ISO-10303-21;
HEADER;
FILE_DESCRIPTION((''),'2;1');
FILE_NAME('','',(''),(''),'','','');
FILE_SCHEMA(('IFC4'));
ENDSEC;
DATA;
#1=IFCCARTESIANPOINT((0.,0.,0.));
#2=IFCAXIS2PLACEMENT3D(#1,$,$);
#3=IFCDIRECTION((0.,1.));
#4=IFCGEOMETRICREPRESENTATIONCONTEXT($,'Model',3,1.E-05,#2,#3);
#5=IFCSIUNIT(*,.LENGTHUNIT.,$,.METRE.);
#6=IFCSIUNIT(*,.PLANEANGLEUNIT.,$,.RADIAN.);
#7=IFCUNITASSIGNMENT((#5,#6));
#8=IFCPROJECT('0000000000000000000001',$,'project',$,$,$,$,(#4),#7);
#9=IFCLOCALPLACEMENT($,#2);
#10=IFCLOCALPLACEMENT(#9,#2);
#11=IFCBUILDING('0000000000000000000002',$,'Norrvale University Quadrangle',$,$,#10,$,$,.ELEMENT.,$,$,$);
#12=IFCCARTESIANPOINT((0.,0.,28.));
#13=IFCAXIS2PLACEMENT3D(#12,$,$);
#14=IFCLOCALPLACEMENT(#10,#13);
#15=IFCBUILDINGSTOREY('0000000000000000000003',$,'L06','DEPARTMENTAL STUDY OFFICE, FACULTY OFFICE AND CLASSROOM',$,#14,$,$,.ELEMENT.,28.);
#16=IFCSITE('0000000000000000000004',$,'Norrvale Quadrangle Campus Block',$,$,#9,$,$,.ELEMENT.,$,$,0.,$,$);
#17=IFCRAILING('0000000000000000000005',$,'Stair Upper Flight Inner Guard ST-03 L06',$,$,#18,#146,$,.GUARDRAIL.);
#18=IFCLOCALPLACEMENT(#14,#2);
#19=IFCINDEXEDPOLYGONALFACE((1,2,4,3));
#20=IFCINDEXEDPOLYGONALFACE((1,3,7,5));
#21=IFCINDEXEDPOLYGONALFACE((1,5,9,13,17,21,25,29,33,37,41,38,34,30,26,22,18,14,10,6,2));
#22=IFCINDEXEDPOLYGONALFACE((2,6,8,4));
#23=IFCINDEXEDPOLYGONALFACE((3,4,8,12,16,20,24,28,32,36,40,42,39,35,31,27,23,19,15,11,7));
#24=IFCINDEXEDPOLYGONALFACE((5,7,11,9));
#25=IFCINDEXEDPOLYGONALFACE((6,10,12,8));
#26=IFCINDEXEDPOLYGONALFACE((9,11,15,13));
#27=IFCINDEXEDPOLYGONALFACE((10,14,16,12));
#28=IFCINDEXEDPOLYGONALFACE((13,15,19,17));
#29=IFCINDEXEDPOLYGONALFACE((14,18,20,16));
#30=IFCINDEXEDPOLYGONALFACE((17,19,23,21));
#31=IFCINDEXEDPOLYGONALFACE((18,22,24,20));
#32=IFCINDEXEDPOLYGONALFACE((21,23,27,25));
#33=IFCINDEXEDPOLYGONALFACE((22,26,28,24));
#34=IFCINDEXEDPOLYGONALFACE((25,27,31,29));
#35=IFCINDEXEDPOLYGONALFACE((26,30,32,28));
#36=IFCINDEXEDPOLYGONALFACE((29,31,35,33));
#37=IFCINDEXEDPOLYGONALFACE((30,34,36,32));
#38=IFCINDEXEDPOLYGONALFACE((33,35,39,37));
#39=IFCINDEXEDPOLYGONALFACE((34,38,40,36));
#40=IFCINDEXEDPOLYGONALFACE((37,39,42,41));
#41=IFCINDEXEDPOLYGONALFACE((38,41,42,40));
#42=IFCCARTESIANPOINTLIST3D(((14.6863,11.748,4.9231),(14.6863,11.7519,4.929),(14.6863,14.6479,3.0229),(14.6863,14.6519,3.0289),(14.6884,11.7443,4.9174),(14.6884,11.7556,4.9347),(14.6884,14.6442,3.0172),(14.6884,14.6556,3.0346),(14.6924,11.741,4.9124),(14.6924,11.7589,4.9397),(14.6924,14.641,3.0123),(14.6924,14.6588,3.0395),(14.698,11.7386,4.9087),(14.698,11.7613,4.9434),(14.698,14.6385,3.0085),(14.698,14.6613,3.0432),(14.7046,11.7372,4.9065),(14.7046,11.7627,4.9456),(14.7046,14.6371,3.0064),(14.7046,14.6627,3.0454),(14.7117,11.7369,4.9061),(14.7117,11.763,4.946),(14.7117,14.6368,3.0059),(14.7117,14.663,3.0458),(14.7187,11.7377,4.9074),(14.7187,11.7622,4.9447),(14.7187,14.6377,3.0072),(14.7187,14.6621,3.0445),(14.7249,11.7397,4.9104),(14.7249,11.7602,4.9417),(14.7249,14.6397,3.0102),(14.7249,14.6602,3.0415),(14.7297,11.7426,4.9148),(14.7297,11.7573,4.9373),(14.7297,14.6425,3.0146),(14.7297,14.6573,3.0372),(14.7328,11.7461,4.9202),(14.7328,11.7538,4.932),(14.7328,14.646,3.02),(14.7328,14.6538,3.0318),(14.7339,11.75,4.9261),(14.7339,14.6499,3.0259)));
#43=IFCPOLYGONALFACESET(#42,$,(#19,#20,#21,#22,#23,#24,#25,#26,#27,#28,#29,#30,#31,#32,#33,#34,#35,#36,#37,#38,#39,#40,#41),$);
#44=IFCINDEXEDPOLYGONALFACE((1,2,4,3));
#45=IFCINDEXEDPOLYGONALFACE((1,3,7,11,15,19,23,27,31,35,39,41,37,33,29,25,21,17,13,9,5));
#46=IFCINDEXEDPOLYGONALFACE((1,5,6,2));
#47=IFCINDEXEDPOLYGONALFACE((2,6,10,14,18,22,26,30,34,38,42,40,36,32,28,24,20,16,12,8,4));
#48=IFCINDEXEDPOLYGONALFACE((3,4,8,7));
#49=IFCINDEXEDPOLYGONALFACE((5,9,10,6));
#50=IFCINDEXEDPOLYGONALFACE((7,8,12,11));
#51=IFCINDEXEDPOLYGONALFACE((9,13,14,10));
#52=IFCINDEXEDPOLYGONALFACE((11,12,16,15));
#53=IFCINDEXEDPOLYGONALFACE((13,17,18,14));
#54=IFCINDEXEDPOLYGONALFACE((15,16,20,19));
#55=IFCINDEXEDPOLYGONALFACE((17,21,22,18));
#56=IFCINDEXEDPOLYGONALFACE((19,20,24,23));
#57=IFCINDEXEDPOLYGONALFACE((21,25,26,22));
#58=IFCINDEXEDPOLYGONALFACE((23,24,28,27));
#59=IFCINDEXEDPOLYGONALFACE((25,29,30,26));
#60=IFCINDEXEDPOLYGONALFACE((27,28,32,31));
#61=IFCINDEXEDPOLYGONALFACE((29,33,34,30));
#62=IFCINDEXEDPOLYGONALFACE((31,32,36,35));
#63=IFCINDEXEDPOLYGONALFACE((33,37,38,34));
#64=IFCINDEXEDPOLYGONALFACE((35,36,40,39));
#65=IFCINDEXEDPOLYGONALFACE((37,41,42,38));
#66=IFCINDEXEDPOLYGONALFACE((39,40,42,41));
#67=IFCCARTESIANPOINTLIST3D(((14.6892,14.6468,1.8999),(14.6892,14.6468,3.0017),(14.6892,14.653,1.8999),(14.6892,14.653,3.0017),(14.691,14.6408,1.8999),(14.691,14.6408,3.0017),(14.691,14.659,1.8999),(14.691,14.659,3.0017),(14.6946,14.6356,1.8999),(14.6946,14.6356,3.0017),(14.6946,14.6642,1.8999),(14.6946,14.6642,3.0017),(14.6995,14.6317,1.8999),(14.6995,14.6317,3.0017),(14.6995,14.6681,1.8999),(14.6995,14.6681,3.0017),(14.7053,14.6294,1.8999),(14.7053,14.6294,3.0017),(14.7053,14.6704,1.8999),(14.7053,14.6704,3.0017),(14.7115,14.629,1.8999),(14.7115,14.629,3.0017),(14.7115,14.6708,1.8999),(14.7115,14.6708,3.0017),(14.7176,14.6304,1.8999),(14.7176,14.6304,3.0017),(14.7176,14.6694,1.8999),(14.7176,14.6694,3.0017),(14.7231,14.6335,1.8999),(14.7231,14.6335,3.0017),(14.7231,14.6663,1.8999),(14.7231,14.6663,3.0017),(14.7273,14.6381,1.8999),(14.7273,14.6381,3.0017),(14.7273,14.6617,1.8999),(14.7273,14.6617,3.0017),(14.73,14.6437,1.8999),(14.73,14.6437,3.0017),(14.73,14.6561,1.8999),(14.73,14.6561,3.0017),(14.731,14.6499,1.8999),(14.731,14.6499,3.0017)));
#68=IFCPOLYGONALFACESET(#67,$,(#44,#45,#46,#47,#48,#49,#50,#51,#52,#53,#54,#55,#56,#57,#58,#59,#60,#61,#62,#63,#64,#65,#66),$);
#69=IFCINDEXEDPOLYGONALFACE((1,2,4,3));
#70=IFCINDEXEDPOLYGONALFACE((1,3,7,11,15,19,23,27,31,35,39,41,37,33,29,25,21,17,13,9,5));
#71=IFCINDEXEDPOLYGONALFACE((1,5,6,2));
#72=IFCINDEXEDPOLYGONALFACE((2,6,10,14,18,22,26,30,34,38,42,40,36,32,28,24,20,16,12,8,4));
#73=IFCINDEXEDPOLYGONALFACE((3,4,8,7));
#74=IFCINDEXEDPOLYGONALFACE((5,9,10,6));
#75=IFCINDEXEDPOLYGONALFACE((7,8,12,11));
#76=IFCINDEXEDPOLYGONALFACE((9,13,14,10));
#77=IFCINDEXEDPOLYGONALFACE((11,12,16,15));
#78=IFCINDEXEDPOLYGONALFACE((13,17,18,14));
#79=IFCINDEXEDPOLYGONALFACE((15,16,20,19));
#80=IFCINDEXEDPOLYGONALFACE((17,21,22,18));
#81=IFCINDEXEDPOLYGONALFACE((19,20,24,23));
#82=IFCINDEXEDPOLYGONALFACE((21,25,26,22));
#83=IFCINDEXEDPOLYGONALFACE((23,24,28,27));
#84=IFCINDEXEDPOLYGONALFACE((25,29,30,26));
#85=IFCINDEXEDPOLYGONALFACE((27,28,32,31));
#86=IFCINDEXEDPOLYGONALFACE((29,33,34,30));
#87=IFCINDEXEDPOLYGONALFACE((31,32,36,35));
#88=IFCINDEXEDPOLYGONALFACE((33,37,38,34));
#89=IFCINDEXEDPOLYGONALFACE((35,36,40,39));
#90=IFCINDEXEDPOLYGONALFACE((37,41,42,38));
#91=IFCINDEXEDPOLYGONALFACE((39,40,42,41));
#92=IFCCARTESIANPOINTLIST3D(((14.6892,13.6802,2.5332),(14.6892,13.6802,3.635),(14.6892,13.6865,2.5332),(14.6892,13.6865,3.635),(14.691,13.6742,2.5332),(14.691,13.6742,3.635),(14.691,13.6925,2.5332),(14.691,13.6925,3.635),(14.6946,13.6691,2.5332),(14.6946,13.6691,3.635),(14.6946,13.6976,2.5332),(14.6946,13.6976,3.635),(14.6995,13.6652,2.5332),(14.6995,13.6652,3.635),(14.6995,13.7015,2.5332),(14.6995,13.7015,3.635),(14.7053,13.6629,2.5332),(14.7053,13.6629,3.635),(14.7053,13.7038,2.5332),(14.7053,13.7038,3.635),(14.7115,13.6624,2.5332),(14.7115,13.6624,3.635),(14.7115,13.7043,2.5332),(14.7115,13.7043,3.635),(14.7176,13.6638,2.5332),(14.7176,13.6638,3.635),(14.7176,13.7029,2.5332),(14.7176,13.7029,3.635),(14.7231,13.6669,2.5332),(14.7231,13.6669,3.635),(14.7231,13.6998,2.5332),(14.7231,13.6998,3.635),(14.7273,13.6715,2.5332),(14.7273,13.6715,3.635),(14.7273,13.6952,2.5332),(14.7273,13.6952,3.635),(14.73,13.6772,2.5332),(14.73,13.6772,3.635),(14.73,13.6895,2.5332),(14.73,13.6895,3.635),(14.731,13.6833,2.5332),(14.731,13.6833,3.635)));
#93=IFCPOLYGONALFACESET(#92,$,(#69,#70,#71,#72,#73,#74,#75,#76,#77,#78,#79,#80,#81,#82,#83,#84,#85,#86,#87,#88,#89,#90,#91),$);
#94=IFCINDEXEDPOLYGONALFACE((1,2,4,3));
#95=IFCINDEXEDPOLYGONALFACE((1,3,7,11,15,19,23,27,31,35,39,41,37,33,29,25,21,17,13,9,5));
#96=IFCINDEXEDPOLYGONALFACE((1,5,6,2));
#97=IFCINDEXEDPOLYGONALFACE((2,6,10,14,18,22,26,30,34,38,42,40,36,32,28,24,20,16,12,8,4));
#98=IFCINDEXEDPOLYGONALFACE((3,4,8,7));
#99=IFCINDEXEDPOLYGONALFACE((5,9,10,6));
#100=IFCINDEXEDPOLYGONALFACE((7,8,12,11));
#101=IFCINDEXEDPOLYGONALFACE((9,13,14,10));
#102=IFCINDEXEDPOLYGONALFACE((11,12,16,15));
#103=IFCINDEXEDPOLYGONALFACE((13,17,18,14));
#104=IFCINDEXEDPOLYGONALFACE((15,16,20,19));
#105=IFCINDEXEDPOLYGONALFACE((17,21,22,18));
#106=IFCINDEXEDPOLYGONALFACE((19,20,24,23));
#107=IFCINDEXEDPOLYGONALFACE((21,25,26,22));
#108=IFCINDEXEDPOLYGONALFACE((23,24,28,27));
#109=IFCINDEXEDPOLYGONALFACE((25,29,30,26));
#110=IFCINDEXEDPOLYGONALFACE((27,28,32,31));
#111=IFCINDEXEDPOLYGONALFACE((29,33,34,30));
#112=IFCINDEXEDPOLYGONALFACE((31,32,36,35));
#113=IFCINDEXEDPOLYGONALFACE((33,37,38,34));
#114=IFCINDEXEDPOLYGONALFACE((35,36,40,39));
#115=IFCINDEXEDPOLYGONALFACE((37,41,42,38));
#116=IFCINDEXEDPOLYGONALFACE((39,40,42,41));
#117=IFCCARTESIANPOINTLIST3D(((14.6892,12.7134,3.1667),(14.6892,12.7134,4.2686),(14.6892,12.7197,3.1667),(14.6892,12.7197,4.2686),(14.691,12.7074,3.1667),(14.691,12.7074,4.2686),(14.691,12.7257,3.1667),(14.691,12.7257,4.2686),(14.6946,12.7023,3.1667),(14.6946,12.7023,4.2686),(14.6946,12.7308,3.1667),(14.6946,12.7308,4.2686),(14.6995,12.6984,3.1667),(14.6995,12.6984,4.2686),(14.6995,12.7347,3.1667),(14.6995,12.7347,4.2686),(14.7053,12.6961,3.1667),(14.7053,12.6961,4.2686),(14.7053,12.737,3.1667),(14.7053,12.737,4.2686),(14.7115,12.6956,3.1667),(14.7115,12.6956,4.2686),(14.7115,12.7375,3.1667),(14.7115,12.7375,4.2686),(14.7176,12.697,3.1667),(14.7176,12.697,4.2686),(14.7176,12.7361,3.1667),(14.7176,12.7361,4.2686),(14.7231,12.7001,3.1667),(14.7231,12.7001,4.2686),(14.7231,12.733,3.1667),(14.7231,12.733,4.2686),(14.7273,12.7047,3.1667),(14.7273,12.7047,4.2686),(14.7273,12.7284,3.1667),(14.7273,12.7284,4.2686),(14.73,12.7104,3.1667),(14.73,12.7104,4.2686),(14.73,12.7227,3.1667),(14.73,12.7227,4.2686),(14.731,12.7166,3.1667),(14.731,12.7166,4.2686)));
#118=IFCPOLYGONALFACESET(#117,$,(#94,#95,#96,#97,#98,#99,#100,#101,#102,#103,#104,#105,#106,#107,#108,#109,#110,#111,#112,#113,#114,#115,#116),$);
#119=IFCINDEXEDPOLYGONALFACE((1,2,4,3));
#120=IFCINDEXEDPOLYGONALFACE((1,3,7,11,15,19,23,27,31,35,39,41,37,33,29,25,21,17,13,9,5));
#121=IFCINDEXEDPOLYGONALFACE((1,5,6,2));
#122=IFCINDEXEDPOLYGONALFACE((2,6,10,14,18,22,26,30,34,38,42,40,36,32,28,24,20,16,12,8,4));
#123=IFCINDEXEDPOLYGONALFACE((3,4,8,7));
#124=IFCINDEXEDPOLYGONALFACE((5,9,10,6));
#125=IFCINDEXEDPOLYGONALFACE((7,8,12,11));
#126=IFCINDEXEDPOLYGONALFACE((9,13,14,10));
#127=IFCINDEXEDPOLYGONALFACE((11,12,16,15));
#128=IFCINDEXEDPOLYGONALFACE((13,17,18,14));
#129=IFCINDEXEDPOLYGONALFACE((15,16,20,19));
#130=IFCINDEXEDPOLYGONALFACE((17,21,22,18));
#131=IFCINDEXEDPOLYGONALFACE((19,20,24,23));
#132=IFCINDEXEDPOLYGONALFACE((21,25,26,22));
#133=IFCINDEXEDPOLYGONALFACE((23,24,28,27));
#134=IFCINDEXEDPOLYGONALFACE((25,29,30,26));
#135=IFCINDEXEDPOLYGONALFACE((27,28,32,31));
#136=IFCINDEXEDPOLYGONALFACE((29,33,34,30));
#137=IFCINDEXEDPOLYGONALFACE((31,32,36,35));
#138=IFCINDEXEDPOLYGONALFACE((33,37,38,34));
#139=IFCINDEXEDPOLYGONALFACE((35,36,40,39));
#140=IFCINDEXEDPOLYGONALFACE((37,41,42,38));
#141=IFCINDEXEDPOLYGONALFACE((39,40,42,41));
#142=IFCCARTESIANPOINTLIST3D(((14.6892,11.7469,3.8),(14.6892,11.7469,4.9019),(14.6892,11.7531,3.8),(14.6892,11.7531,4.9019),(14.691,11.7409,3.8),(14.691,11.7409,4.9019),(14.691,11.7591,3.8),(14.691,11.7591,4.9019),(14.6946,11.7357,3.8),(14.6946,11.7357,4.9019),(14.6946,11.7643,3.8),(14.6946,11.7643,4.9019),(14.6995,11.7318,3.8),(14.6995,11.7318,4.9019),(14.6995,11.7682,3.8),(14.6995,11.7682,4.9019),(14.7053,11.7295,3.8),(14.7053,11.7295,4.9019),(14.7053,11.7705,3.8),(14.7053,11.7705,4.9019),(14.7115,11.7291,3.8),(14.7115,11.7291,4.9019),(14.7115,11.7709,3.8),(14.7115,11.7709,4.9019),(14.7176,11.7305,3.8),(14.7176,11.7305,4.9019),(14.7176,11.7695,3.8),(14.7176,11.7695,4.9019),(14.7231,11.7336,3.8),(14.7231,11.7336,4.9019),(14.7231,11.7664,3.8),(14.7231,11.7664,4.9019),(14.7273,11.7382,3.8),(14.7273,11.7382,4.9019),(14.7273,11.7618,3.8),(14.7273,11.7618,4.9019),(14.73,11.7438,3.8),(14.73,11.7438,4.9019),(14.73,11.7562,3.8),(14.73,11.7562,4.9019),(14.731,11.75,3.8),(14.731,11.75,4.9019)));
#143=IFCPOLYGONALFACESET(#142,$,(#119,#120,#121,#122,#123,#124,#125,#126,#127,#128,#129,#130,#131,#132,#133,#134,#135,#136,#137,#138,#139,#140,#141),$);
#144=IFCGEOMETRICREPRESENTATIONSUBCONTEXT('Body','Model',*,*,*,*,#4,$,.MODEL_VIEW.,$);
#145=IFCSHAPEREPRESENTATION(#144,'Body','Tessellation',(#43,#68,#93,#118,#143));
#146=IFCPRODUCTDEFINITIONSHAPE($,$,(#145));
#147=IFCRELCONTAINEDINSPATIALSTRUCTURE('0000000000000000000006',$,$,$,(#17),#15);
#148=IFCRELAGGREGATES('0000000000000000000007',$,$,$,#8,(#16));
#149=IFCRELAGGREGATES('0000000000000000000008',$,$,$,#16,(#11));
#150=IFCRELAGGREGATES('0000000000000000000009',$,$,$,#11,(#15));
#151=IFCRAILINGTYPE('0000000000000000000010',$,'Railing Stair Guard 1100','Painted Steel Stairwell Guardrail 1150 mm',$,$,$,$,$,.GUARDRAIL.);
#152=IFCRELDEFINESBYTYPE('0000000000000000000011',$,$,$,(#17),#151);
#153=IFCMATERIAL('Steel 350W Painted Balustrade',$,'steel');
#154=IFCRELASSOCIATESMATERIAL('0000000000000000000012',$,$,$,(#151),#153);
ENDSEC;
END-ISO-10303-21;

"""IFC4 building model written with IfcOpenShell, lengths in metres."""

from ifc_helpers import new_model, si_unit, direction, frame, origin, origin_2d, place, context, subcontext, project, spatial, circle, extrude, material, type_object, element, save


model = new_model("IFC4")

# Units and contexts
model_context = context("Model", 3, precision=1e-05, world=origin(), true_north=direction((0.0, 1.0)))
body_context = subcontext(model_context, "Body", "Model", "MODEL_VIEW")
ifc_project = project(units=[si_unit("LENGTHUNIT", "METRE"), si_unit("PLANEANGLEUNIT", "RADIAN")], contexts=[model_context])

# Site, building, storey
site_placement = place(None, origin())
site = spatial("IfcSite", under=ifc_project, at=site_placement, Name="Norrvale Quadrangle Campus Block", CompositionType="ELEMENT", RefElevation=0.0)
building_placement = place(site_placement, origin())
building = spatial("IfcBuilding", under=site, at=building_placement, Name="Norrvale University Quadrangle", CompositionType="ELEMENT")
storey_placement = place(building_placement, frame((0.0, 0.0, 28.0)))
storey = spatial("IfcBuildingStorey", under=building, at=storey_placement, Name="L06", Description="DEPARTMENTAL STUDY OFFICE, FACULTY OFFICE AND CLASSROOM", CompositionType="ELEMENT", Elevation=28.0)

# Railing
ifc_material_1 = material(Name="Steel 350W Painted Balustrade", Category="steel")
railing_type_1 = type_object("IfcRailingType", Name="Railing Stair Guard 1100", Description="Painted Steel Stairwell Guardrail 1150 mm", PredefinedType="GUARDRAIL", material=ifc_material_1)
railing_1_placement = place(storey_placement, frame((14.71, 14.6499, 1.8999)))
element("IfcRailing", 1, at=railing_1_placement, inside=storey, type_object=railing_type_1, Name="Stair Upper Flight Inner Guard ST-03 L06", PredefinedType="GUARDRAIL", context=body_context, shape_type="SweptSolid", body=[
    extrude(circle(Radius=0.0239, at=origin_2d()), frame((0.0, 0.0, 1.126), z_axis=(0.0, -0.836433, 0.548069), x_axis=(1.0, 0.0, 0.0)), (0.0, 0.0, 1.0), 3.467),
    extrude(circle(Radius=0.021, at=origin_2d()), origin(), (0.0, 0.0, 1.0), 1.1018),
    extrude(circle(Radius=0.021, at=origin_2d()), frame((0.0, -0.9666, 0.6333)), (0.0, 0.0, 1.0), 1.1018),
    extrude(circle(Radius=0.021, at=origin_2d()), frame((0.0, -1.9333, 1.2668)), (0.0, 0.0, 1.0), 1.1018),
    extrude(circle(Radius=0.021, at=origin_2d()), frame((0.0, -2.8999, 1.9001)), (0.0, 0.0, 1.0), 1.1018),
])

save(model, "model.ifc")
